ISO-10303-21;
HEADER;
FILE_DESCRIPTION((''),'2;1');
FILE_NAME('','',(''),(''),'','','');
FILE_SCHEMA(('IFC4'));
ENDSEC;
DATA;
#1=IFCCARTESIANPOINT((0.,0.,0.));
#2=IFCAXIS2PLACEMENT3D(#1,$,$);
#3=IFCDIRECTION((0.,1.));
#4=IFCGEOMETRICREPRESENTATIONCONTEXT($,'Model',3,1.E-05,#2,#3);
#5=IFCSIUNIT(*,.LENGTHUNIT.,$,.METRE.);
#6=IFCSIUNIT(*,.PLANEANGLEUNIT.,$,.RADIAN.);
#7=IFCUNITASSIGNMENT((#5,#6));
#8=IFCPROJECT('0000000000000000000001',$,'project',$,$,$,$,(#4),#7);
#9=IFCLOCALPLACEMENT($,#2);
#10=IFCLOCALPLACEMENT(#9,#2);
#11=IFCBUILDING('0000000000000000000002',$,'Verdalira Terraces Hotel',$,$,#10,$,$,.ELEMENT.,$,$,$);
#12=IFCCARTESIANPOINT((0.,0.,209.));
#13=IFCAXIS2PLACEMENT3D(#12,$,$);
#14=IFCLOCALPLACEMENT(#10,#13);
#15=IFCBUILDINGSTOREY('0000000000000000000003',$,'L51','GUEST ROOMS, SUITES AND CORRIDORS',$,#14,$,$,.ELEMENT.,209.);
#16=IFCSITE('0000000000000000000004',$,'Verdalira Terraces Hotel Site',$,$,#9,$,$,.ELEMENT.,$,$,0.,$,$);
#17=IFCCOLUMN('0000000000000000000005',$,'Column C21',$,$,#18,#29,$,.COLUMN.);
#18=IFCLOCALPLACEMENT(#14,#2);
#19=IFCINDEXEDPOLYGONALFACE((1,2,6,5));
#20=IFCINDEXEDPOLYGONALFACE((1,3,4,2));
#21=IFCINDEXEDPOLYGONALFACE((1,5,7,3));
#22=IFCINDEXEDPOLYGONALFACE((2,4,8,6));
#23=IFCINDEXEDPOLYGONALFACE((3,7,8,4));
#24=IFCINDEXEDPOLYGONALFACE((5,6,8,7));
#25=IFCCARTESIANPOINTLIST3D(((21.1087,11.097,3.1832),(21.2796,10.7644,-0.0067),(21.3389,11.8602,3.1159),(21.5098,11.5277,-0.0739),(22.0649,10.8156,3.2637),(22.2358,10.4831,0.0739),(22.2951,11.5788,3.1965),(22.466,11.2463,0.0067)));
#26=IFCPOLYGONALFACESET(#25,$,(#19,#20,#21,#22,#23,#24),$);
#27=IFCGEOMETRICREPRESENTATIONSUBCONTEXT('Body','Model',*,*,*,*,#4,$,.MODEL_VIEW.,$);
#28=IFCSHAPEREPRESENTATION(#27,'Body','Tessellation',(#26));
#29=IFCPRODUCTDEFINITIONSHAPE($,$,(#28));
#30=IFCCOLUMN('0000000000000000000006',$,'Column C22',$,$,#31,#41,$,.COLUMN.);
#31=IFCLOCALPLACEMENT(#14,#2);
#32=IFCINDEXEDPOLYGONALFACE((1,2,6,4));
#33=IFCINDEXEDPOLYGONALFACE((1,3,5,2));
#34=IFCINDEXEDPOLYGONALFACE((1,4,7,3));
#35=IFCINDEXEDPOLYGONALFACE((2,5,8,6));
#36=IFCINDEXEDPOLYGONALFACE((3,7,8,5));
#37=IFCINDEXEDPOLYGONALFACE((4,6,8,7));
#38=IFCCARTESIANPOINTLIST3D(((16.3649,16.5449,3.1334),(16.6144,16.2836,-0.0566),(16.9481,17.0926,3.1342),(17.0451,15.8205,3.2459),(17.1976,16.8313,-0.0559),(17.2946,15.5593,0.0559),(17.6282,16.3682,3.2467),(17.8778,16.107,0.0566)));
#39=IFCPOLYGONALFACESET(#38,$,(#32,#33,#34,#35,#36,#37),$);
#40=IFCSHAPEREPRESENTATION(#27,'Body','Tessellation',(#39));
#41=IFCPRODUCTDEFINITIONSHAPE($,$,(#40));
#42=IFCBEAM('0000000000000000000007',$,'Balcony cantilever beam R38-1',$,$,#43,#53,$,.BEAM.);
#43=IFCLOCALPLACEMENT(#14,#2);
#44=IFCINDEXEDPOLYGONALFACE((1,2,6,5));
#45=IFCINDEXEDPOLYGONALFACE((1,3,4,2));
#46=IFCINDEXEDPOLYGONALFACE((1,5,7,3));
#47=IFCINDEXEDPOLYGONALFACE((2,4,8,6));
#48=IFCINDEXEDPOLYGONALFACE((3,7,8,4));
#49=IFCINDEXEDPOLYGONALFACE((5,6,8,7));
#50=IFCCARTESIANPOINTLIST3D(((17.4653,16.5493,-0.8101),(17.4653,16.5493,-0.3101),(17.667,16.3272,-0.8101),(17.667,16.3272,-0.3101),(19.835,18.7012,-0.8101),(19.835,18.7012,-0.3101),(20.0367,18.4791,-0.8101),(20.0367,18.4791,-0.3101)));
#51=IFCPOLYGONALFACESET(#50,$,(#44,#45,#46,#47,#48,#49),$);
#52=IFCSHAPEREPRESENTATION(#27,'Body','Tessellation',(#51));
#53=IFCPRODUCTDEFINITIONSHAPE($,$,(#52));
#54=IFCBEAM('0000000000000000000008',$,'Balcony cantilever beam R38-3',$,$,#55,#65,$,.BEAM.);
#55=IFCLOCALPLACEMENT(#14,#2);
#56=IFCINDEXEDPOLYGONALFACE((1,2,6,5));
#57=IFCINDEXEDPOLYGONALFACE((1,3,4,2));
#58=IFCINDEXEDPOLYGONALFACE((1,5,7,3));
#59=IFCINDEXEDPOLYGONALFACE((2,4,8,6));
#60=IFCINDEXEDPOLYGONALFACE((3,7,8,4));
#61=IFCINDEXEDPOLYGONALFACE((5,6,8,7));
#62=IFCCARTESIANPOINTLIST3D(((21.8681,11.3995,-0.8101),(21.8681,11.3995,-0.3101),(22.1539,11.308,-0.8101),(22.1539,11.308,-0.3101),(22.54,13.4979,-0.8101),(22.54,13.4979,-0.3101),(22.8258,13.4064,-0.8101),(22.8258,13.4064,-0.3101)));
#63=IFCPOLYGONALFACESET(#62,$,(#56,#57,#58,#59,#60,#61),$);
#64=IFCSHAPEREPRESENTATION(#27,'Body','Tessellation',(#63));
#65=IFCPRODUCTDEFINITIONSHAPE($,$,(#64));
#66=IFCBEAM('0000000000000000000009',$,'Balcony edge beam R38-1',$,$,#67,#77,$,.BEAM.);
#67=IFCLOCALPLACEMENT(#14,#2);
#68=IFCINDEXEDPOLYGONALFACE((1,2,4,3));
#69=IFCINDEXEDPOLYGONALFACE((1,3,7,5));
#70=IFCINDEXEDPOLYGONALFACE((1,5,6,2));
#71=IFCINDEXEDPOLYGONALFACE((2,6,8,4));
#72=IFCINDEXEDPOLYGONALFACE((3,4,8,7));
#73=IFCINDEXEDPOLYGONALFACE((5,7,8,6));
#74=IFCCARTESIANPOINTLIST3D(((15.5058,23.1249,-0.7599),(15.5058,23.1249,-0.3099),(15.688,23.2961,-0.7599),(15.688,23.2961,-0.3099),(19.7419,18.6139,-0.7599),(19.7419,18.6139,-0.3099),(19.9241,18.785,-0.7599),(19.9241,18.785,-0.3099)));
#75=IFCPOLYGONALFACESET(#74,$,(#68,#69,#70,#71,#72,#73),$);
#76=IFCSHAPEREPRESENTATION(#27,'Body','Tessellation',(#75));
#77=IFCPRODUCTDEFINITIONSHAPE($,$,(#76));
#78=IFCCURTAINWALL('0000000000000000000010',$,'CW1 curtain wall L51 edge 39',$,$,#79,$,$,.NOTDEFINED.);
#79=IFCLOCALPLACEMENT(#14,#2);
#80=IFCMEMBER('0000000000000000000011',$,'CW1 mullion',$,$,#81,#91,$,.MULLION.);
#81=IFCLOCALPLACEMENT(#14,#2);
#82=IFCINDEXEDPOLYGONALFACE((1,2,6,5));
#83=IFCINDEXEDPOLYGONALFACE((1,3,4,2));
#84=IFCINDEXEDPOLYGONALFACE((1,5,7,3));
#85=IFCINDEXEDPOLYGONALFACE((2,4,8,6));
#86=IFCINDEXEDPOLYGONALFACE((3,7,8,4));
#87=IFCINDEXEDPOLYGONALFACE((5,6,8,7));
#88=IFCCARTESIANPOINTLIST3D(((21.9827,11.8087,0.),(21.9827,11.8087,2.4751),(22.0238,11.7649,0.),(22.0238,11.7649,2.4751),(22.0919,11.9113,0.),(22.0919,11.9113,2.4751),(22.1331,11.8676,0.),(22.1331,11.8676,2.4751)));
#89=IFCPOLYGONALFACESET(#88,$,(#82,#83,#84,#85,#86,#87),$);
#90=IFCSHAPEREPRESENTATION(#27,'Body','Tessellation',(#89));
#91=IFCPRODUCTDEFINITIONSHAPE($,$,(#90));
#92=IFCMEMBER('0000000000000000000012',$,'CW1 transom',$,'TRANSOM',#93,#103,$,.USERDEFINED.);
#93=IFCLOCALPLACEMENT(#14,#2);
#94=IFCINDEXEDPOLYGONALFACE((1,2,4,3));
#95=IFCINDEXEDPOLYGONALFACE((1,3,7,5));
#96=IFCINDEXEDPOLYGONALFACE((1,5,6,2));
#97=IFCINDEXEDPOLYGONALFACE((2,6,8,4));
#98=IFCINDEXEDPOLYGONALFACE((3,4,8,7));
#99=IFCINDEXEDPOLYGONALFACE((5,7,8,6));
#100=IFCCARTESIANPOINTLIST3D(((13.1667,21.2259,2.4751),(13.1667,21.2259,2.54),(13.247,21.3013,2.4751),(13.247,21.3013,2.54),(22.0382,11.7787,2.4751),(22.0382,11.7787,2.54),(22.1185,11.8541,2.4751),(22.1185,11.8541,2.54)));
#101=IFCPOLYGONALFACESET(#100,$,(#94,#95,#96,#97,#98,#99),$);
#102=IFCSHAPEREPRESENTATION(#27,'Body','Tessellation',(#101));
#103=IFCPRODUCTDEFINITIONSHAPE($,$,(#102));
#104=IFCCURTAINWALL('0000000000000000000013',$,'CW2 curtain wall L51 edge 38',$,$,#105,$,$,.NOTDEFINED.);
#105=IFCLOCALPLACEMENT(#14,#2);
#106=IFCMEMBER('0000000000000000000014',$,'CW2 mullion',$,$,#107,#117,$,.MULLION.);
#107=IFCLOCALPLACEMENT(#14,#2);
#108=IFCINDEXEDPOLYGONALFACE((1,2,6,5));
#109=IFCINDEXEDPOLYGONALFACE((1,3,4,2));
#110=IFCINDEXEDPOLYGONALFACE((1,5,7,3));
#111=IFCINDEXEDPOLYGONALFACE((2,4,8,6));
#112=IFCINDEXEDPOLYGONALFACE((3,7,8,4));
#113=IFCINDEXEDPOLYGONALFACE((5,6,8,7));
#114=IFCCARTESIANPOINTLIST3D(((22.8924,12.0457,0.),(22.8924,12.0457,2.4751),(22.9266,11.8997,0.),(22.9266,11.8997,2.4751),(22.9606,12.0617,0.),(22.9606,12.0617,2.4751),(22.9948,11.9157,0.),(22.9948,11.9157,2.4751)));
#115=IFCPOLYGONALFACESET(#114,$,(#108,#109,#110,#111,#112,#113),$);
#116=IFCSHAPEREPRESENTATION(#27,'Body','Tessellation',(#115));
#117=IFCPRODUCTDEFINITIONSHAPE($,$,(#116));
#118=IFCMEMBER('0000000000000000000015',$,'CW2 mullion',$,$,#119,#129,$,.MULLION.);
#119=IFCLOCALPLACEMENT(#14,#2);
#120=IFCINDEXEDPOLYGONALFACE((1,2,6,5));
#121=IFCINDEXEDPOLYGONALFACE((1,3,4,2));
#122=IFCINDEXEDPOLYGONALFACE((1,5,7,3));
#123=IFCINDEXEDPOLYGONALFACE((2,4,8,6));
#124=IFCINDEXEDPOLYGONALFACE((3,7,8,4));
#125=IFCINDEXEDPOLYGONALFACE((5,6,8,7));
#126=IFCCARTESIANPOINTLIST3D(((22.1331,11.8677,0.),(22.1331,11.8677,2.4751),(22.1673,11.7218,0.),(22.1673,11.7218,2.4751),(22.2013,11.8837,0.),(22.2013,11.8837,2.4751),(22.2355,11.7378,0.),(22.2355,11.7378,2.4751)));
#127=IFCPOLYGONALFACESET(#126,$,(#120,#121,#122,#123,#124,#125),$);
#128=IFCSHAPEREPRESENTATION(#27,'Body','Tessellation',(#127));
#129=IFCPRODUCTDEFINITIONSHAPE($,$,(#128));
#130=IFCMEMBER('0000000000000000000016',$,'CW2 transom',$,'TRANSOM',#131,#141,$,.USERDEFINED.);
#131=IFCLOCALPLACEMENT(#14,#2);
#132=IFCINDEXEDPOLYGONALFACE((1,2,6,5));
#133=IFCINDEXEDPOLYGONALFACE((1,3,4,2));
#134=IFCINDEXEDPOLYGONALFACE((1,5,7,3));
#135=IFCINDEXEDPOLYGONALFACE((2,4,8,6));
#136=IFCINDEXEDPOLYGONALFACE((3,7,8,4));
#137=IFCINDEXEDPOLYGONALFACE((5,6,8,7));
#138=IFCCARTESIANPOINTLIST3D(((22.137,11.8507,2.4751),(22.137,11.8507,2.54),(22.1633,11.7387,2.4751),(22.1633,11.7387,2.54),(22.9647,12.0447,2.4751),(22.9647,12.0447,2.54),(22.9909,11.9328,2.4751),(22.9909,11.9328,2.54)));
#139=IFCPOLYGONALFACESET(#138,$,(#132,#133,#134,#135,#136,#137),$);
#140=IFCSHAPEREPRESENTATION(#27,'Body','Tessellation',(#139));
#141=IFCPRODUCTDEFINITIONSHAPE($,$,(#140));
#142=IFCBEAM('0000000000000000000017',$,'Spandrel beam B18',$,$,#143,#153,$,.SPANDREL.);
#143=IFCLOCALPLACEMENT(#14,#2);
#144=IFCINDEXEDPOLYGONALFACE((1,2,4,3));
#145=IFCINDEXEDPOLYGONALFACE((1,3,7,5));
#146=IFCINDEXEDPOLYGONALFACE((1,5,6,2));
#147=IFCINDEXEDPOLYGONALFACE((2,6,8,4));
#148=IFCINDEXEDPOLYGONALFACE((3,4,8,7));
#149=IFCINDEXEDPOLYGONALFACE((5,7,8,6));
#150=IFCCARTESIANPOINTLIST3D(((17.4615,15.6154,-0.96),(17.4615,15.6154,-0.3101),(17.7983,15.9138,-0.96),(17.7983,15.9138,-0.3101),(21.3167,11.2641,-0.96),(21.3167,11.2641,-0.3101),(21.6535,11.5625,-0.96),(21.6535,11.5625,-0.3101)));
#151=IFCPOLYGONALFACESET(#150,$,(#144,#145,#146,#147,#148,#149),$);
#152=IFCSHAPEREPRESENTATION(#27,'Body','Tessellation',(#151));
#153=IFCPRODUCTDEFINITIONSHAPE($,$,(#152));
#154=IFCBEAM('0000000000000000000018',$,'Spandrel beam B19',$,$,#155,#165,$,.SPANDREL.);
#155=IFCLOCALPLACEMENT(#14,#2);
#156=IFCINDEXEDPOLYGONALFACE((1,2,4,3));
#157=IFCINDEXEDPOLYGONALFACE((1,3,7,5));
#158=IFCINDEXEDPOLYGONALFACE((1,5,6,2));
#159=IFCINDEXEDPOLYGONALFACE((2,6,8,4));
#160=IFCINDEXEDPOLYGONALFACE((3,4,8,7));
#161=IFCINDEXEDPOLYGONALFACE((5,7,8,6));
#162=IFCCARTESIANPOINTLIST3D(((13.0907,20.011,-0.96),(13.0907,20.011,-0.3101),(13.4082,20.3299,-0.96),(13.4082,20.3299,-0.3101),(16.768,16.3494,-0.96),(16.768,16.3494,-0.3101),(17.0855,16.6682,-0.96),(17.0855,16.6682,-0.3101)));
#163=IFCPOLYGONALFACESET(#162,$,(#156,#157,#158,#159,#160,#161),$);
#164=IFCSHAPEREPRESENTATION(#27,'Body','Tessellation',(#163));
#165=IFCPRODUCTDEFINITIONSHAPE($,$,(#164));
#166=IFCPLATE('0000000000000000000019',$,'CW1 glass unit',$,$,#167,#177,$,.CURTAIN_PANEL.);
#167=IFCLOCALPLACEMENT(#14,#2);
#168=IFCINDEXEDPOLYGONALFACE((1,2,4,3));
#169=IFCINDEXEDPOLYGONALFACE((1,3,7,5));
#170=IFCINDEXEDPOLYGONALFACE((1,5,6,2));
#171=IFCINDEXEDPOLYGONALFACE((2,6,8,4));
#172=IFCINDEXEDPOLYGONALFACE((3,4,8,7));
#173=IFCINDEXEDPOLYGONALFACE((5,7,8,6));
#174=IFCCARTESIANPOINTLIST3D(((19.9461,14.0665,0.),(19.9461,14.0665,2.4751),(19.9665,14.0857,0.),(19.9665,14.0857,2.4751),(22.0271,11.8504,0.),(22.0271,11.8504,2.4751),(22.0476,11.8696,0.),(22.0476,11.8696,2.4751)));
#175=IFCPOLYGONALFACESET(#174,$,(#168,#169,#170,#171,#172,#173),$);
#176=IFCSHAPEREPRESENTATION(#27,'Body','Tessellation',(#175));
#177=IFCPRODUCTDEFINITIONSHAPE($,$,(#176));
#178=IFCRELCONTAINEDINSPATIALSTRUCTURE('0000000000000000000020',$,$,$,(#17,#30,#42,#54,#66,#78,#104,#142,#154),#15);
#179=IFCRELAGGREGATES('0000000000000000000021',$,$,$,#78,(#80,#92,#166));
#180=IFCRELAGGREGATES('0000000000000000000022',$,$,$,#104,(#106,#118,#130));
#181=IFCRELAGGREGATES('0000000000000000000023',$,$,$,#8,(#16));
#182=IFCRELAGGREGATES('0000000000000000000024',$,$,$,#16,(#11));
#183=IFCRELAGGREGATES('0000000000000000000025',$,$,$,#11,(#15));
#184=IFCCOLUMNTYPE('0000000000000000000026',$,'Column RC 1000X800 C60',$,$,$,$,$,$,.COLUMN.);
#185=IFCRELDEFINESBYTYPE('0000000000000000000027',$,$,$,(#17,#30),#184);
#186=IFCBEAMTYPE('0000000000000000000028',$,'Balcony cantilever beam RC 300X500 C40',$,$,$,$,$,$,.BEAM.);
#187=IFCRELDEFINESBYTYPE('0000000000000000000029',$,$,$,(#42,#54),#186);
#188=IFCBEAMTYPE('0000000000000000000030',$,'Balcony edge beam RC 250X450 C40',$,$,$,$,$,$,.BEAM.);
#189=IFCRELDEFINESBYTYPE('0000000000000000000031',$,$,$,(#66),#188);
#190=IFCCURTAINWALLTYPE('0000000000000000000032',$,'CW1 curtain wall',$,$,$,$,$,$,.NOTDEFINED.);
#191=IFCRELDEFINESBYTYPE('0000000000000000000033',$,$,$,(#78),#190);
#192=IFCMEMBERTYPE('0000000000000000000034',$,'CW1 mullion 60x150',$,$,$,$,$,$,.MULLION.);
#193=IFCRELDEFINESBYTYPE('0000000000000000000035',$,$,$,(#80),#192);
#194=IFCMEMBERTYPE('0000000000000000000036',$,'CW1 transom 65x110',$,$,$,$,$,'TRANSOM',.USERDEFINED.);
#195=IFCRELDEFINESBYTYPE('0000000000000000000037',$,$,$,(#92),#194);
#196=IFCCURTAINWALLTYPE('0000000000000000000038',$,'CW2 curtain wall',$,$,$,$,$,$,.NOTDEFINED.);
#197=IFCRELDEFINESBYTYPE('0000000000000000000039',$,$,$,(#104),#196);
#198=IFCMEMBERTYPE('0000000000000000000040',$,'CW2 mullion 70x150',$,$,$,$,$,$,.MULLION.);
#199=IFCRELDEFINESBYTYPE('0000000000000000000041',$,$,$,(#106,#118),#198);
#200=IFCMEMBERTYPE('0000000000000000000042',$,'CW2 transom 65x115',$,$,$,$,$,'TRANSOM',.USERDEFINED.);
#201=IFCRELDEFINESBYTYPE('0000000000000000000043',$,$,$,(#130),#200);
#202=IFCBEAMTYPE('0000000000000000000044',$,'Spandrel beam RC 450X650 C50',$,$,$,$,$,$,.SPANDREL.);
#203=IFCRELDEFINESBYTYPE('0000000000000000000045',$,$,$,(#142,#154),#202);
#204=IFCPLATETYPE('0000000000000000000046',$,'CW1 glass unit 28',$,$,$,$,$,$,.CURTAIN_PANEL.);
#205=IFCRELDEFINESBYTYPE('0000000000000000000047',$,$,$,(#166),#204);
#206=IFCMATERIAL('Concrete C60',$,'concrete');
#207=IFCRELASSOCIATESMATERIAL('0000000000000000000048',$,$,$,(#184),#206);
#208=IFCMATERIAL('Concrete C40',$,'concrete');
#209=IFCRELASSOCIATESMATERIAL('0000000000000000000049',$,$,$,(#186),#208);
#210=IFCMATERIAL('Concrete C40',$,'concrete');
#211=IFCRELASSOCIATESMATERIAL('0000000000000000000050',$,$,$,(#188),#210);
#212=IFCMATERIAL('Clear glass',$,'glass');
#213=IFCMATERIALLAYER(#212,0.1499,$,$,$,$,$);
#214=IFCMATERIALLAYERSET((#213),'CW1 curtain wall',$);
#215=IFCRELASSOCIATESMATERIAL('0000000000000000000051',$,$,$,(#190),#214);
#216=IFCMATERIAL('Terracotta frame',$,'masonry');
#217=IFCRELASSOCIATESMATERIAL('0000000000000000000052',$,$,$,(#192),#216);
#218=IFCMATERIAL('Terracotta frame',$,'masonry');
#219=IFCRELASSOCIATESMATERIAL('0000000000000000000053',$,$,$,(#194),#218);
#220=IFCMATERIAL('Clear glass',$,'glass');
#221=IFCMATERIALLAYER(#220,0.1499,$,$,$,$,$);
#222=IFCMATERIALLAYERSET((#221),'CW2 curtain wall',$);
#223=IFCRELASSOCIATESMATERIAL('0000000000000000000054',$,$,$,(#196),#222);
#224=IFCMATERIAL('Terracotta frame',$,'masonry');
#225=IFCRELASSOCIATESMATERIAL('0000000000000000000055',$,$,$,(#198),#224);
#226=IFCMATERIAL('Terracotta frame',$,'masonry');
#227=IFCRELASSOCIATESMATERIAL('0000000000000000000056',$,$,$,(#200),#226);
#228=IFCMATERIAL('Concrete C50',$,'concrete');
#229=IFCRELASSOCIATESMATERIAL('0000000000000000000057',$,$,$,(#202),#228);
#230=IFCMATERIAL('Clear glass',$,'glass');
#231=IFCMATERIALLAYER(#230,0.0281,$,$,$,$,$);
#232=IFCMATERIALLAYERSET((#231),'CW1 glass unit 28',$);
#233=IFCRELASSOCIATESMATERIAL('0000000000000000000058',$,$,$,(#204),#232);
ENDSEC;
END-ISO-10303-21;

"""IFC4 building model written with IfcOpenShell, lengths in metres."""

from ifc_helpers import new_model, si_unit, direction, frame, origin, origin_2d, place, context, subcontext, project, spatial, rectangle, extrude, material, layer, layer_set, material_profile, profile_set, type_object, element, aggregate, save


model = new_model("IFC4")

# Units and contexts
model_context = context("Model", 3, precision=1e-05, world=origin(), true_north=direction((0.0, 1.0)))
body_context = subcontext(model_context, "Body", "Model", "MODEL_VIEW")
ifc_project = project(units=[si_unit("LENGTHUNIT", "METRE"), si_unit("PLANEANGLEUNIT", "RADIAN")], contexts=[model_context])

# Site, building, storey
site_placement = place(None, origin())
site = spatial("IfcSite", under=ifc_project, at=site_placement, Name="Verdalira Terraces Hotel Site", CompositionType="ELEMENT", RefElevation=0.0)
building_placement = place(site_placement, origin())
building = spatial("IfcBuilding", under=site, at=building_placement, Name="Verdalira Terraces Hotel", CompositionType="ELEMENT")
storey_placement = place(building_placement, frame((0.0, 0.0, 209.0)))
storey = spatial("IfcBuildingStorey", under=building, at=storey_placement, Name="L51", Description="GUEST ROOMS, SUITES AND CORRIDORS", CompositionType="ELEMENT", Elevation=209.0)

# Columns
ifc_material_1 = material(Name="Concrete C60", Category="concrete")
ifc_material_profile_1 = material_profile(ifc_material_1, rectangle(XDim=1.0, YDim=0.8, at=origin_2d()), Name="RC 1000X800")
ifc_profile_set_1 = profile_set([ifc_material_profile_1], Name="Concrete C60")
column_type = type_object("IfcColumnType", Name="Column RC 1000X800 C60", PredefinedType="COLUMN", material=ifc_profile_set_1)
column_1_placement = place(storey_placement, frame((21.8728, 11.0054, 0.0), z_axis=(-0.05321, 0.103531, 0.993202), x_axis=(0.956205, -0.281393, 0.08056)))
element("IfcColumn", 1, at=column_1_placement, inside=storey, type_object=column_type, Name="Column C21", PredefinedType="COLUMN", context=body_context, shape_type="SweptSolid", body=[
    extrude(rectangle(XDim=1.0, YDim=0.8, at=origin_2d()), origin(), (0.0, 0.0, 1.0), 3.2117),
])
column_2_placement = place(storey_placement, frame((17.2461, 16.1953, 0.0), z_axis=(-0.077721, 0.081372, 0.993649), x_axis=(-0.680192, 0.724346, -0.112522)))
element("IfcColumn", 2, at=column_2_placement, inside=storey, type_object=column_type, Name="Column C22", PredefinedType="COLUMN", context=body_context, shape_type="SweptSolid", body=[
    extrude(rectangle(XDim=1.0, YDim=0.8, at=origin_2d()), origin(), (0.0, 0.0, 1.0), 3.2104),
])

# Beams
ifc_material_2 = material(Name="Concrete C40", Category="concrete")
ifc_material_profile_2 = material_profile(ifc_material_2, rectangle(XDim=0.3, YDim=0.5, at=origin_2d()), Name="RC 300X500")
ifc_profile_set_2 = profile_set([ifc_material_profile_2], Name="Concrete C40")
beam_type_1 = type_object("IfcBeamType", Name="Balcony cantilever beam RC 300X500 C40", PredefinedType="BEAM", material=ifc_profile_set_2)
beam_1_placement = place(storey_placement, frame((17.5662, 16.4382, -0.5601), z_axis=(0.740306, 0.67227, 0.0), x_axis=(-0.67227, 0.740306, 0.0)))
element("IfcBeam", 3, at=beam_1_placement, inside=storey, type_object=beam_type_1, Name="Balcony cantilever beam R38-1", PredefinedType="BEAM", context=body_context, shape_type="SweptSolid", body=[
    extrude(rectangle(XDim=0.3, YDim=0.5, at=origin_2d()), origin(), (0.0, 0.0, 1.0), 3.2009),
])
beam_2_placement = place(storey_placement, frame((22.011, 11.3538, -0.5601), z_axis=(0.304937, 0.952373, 0.0), x_axis=(-0.952373, 0.304937, 0.0)))
element("IfcBeam", 4, at=beam_2_placement, inside=storey, type_object=beam_type_1, Name="Balcony cantilever beam R38-3", PredefinedType="BEAM", context=body_context, shape_type="SweptSolid", body=[
    extrude(rectangle(XDim=0.3, YDim=0.5, at=origin_2d()), origin(), (0.0, 0.0, 1.0), 2.2034),
])
ifc_material_3 = material(Name="Concrete C40", Category="concrete")
ifc_material_profile_3 = material_profile(ifc_material_3, rectangle(XDim=0.25, YDim=0.45, at=origin_2d()), Name="RC 250X450")
ifc_profile_set_3 = profile_set([ifc_material_profile_3], Name="Concrete C40")
beam_type_2 = type_object("IfcBeamType", Name="Balcony edge beam RC 250X450 C40", PredefinedType="BEAM", material=ifc_profile_set_3)
beam_3_placement = place(storey_placement, frame((19.833, 18.6995, -0.5349), z_axis=(-0.684546, 0.72897, 0.0), x_axis=(-0.72897, -0.684546, 0.0)))
element("IfcBeam", 5, at=beam_3_placement, inside=storey, type_object=beam_type_2, Name="Balcony edge beam R38-1", PredefinedType="BEAM", context=body_context, shape_type="SweptSolid", body=[
    extrude(rectangle(XDim=0.25, YDim=0.45, at=origin_2d()), origin(), (0.0, 0.0, 1.0), 6.1882),
])

# Curtain walls, members
ifc_material_4 = material(Name="Clear glass", Category="glass")
ifc_layer_1 = layer(ifc_material_4, 0.1499)
ifc_layer_set_1 = layer_set([ifc_layer_1], Name="CW1 curtain wall")
curtain_wall_type_1 = type_object("IfcCurtainWallType", Name="CW1 curtain wall", PredefinedType="NOTDEFINED", material=ifc_layer_set_1)
curtain_wall_1_placement = place(storey_placement, origin())
curtain_wall_1 = element("IfcCurtainWall", 6, at=curtain_wall_1_placement, inside=storey, type_object=curtain_wall_type_1, Name="CW1 curtain wall L51 edge 39", PredefinedType="NOTDEFINED")
ifc_material_5 = material(Name="Terracotta frame", Category="masonry")
ifc_material_profile_4 = material_profile(ifc_material_5, rectangle(XDim=0.0601, YDim=0.1499, at=origin_2d()), Name="MU 60x150")
ifc_profile_set_4 = profile_set([ifc_material_profile_4], Name="Terracotta frame")
member_type_1 = type_object("IfcMemberType", Name="CW1 mullion 60x150", PredefinedType="MULLION", material=ifc_profile_set_4)
member_1_placement = place(storey_placement, frame((22.0579, 11.8381, 0.0), z_axis=(0.0, 0.0, 1.0), x_axis=(-0.684547, 0.728969, 0.0)))
member_1 = element("IfcMember", 7, at=member_1_placement, type_object=member_type_1, Name="CW1 mullion", PredefinedType="MULLION", context=body_context, shape_type="SweptSolid", body=[
    extrude(rectangle(XDim=0.0601, YDim=0.1499, at=origin_2d()), origin(), (0.0, 0.0, 1.0), 2.4751),
])
ifc_material_6 = material(Name="Terracotta frame", Category="masonry")
ifc_material_profile_5 = material_profile(ifc_material_6, rectangle(XDim=0.1101, YDim=0.0649, at=origin_2d()), Name="TR 65x110")
ifc_profile_set_5 = profile_set([ifc_material_profile_5], Name="Terracotta frame")
member_type_2 = type_object("IfcMemberType", Name="CW1 transom 65x110", ElementType="TRANSOM", PredefinedType="USERDEFINED", material=ifc_profile_set_5)
member_2_placement = place(storey_placement, frame((22.0784, 11.8164, 2.5076), z_axis=(-0.684547, 0.728968, 0.0), x_axis=(-0.728968, -0.684547, 0.0)))
member_2 = element("IfcMember", 8, at=member_2_placement, type_object=member_type_2, Name="CW1 transom", ObjectType="TRANSOM", PredefinedType="USERDEFINED", context=body_context, shape_type="SweptSolid", body=[
    extrude(rectangle(XDim=0.1101, YDim=0.0649, at=origin_2d()), origin(), (0.0, 0.0, 1.0), 12.9597),
])
ifc_material_7 = material(Name="Clear glass", Category="glass")
ifc_layer_2 = layer(ifc_material_7, 0.1499)
ifc_layer_set_2 = layer_set([ifc_layer_2], Name="CW2 curtain wall")
curtain_wall_type_2 = type_object("IfcCurtainWallType", Name="CW2 curtain wall", PredefinedType="NOTDEFINED", material=ifc_layer_set_2)
curtain_wall_2_placement = place(storey_placement, origin())
curtain_wall_2 = element("IfcCurtainWall", 9, at=curtain_wall_2_placement, inside=storey, type_object=curtain_wall_type_2, Name="CW2 curtain wall L51 edge 38", PredefinedType="NOTDEFINED")
ifc_material_8 = material(Name="Terracotta frame", Category="masonry")
ifc_material_profile_6 = material_profile(ifc_material_8, rectangle(XDim=0.0701, YDim=0.1499, at=origin_2d()), Name="MU 70x150")
ifc_profile_set_6 = profile_set([ifc_material_profile_6], Name="Terracotta frame")
member_type_3 = type_object("IfcMemberType", Name="CW2 mullion 70x150", PredefinedType="MULLION", material=ifc_profile_set_6)
member_3_placement = place(storey_placement, frame((22.9436, 11.9807, 0.0), z_axis=(0.0, 0.0, 1.0), x_axis=(-0.973579, -0.228351, 0.0)))
member_3 = element("IfcMember", 10, at=member_3_placement, type_object=member_type_3, Name="CW2 mullion", PredefinedType="MULLION", context=body_context, shape_type="SweptSolid", body=[
    extrude(rectangle(XDim=0.0701, YDim=0.1499, at=origin_2d()), origin(), (0.0, 0.0, 1.0), 2.4751),
])
member_4_placement = place(storey_placement, frame((22.1843, 11.8027, 0.0), z_axis=(0.0, 0.0, 1.0), x_axis=(-0.973579, -0.228351, 0.0)))
member_4 = element("IfcMember", 11, at=member_4_placement, type_object=member_type_3, Name="CW2 mullion", PredefinedType="MULLION", context=body_context, shape_type="SweptSolid", body=[
    extrude(rectangle(XDim=0.0701, YDim=0.1499, at=origin_2d()), origin(), (0.0, 0.0, 1.0), 2.4751),
])
ifc_material_9 = material(Name="Terracotta frame", Category="masonry")
ifc_material_profile_7 = material_profile(ifc_material_9, rectangle(XDim=0.115, YDim=0.0649, at=origin_2d()), Name="TR 65x115")
ifc_profile_set_7 = profile_set([ifc_material_profile_7], Name="Terracotta frame")
member_type_4 = type_object("IfcMemberType", Name="CW2 transom 65x115", ElementType="TRANSOM", PredefinedType="USERDEFINED", material=ifc_profile_set_7)
member_5_placement = place(storey_placement, frame((22.9778, 11.9888, 2.5076), z_axis=(-0.973586, -0.228319, 0.0), x_axis=(0.228319, -0.973586, 0.0)))
member_5 = element("IfcMember", 12, at=member_5_placement, type_object=member_type_4, Name="CW2 transom", ObjectType="TRANSOM", PredefinedType="USERDEFINED", context=body_context, shape_type="SweptSolid", body=[
    extrude(rectangle(XDim=0.115, YDim=0.0649, at=origin_2d()), origin(), (0.0, 0.0, 1.0), 0.8501),
])

# Beams
ifc_material_10 = material(Name="Concrete C50", Category="concrete")
ifc_material_profile_8 = material_profile(ifc_material_10, rectangle(XDim=0.45, YDim=0.6499, at=origin_2d()), Name="RC 450X650")
ifc_profile_set_8 = profile_set([ifc_material_profile_8], Name="Concrete C50")
beam_type_3 = type_object("IfcBeamType", Name="Spandrel beam RC 450X650 C50", PredefinedType="SPANDREL", material=ifc_profile_set_8)
beam_4_placement = place(storey_placement, frame((21.4851, 11.4133, -0.635), z_axis=(-0.663151, 0.748486, 0.0), x_axis=(-0.748486, -0.663151, 0.0)))
element("IfcBeam", 13, at=beam_4_placement, inside=storey, type_object=beam_type_3, Name="Spandrel beam B18", PredefinedType="SPANDREL", context=body_context, shape_type="SweptSolid", body=[
    extrude(rectangle(XDim=0.45, YDim=0.6499, at=origin_2d()), origin(), (0.0, 0.0, 1.0), 5.8135),
])
beam_5_placement = place(storey_placement, frame((16.9268, 16.5088, -0.635), z_axis=(-0.708611, 0.7056, 0.0), x_axis=(-0.7056, -0.708611, 0.0)))
element("IfcBeam", 14, at=beam_5_placement, inside=storey, type_object=beam_type_3, Name="Spandrel beam B19", PredefinedType="SPANDREL", context=body_context, shape_type="SweptSolid", body=[
    extrude(rectangle(XDim=0.45, YDim=0.6499, at=origin_2d()), origin(), (0.0, 0.0, 1.0), 5.1895),
])

# Plate
ifc_material_11 = material(Name="Clear glass", Category="glass")
ifc_layer_3 = layer(ifc_material_11, 0.0281)
ifc_layer_set_3 = layer_set([ifc_layer_3], Name="CW1 glass unit 28")
plate_type_1 = type_object("IfcPlateType", Name="CW1 glass unit 28", PredefinedType="CURTAIN_PANEL", material=ifc_layer_set_3)
plate_1_placement = place(storey_placement, frame((20.9968, 12.968, 0.0), z_axis=(0.0, 0.0, 1.0), x_axis=(-0.684547, 0.728969, 0.0)))
plate_1 = element("IfcPlate", 15, at=plate_1_placement, type_object=plate_type_1, Name="CW1 glass unit", PredefinedType="CURTAIN_PANEL", context=body_context, shape_type="SweptSolid", body=[
    extrude(rectangle(XDim=3.04, YDim=0.0281, at=origin_2d()), origin(), (0.0, 0.0, 1.0), 2.4751),
])
aggregate(curtain_wall_1, [member_1, member_2, plate_1])
aggregate(curtain_wall_2, [member_3, member_4, member_5])

save(model, "model.ifc")
